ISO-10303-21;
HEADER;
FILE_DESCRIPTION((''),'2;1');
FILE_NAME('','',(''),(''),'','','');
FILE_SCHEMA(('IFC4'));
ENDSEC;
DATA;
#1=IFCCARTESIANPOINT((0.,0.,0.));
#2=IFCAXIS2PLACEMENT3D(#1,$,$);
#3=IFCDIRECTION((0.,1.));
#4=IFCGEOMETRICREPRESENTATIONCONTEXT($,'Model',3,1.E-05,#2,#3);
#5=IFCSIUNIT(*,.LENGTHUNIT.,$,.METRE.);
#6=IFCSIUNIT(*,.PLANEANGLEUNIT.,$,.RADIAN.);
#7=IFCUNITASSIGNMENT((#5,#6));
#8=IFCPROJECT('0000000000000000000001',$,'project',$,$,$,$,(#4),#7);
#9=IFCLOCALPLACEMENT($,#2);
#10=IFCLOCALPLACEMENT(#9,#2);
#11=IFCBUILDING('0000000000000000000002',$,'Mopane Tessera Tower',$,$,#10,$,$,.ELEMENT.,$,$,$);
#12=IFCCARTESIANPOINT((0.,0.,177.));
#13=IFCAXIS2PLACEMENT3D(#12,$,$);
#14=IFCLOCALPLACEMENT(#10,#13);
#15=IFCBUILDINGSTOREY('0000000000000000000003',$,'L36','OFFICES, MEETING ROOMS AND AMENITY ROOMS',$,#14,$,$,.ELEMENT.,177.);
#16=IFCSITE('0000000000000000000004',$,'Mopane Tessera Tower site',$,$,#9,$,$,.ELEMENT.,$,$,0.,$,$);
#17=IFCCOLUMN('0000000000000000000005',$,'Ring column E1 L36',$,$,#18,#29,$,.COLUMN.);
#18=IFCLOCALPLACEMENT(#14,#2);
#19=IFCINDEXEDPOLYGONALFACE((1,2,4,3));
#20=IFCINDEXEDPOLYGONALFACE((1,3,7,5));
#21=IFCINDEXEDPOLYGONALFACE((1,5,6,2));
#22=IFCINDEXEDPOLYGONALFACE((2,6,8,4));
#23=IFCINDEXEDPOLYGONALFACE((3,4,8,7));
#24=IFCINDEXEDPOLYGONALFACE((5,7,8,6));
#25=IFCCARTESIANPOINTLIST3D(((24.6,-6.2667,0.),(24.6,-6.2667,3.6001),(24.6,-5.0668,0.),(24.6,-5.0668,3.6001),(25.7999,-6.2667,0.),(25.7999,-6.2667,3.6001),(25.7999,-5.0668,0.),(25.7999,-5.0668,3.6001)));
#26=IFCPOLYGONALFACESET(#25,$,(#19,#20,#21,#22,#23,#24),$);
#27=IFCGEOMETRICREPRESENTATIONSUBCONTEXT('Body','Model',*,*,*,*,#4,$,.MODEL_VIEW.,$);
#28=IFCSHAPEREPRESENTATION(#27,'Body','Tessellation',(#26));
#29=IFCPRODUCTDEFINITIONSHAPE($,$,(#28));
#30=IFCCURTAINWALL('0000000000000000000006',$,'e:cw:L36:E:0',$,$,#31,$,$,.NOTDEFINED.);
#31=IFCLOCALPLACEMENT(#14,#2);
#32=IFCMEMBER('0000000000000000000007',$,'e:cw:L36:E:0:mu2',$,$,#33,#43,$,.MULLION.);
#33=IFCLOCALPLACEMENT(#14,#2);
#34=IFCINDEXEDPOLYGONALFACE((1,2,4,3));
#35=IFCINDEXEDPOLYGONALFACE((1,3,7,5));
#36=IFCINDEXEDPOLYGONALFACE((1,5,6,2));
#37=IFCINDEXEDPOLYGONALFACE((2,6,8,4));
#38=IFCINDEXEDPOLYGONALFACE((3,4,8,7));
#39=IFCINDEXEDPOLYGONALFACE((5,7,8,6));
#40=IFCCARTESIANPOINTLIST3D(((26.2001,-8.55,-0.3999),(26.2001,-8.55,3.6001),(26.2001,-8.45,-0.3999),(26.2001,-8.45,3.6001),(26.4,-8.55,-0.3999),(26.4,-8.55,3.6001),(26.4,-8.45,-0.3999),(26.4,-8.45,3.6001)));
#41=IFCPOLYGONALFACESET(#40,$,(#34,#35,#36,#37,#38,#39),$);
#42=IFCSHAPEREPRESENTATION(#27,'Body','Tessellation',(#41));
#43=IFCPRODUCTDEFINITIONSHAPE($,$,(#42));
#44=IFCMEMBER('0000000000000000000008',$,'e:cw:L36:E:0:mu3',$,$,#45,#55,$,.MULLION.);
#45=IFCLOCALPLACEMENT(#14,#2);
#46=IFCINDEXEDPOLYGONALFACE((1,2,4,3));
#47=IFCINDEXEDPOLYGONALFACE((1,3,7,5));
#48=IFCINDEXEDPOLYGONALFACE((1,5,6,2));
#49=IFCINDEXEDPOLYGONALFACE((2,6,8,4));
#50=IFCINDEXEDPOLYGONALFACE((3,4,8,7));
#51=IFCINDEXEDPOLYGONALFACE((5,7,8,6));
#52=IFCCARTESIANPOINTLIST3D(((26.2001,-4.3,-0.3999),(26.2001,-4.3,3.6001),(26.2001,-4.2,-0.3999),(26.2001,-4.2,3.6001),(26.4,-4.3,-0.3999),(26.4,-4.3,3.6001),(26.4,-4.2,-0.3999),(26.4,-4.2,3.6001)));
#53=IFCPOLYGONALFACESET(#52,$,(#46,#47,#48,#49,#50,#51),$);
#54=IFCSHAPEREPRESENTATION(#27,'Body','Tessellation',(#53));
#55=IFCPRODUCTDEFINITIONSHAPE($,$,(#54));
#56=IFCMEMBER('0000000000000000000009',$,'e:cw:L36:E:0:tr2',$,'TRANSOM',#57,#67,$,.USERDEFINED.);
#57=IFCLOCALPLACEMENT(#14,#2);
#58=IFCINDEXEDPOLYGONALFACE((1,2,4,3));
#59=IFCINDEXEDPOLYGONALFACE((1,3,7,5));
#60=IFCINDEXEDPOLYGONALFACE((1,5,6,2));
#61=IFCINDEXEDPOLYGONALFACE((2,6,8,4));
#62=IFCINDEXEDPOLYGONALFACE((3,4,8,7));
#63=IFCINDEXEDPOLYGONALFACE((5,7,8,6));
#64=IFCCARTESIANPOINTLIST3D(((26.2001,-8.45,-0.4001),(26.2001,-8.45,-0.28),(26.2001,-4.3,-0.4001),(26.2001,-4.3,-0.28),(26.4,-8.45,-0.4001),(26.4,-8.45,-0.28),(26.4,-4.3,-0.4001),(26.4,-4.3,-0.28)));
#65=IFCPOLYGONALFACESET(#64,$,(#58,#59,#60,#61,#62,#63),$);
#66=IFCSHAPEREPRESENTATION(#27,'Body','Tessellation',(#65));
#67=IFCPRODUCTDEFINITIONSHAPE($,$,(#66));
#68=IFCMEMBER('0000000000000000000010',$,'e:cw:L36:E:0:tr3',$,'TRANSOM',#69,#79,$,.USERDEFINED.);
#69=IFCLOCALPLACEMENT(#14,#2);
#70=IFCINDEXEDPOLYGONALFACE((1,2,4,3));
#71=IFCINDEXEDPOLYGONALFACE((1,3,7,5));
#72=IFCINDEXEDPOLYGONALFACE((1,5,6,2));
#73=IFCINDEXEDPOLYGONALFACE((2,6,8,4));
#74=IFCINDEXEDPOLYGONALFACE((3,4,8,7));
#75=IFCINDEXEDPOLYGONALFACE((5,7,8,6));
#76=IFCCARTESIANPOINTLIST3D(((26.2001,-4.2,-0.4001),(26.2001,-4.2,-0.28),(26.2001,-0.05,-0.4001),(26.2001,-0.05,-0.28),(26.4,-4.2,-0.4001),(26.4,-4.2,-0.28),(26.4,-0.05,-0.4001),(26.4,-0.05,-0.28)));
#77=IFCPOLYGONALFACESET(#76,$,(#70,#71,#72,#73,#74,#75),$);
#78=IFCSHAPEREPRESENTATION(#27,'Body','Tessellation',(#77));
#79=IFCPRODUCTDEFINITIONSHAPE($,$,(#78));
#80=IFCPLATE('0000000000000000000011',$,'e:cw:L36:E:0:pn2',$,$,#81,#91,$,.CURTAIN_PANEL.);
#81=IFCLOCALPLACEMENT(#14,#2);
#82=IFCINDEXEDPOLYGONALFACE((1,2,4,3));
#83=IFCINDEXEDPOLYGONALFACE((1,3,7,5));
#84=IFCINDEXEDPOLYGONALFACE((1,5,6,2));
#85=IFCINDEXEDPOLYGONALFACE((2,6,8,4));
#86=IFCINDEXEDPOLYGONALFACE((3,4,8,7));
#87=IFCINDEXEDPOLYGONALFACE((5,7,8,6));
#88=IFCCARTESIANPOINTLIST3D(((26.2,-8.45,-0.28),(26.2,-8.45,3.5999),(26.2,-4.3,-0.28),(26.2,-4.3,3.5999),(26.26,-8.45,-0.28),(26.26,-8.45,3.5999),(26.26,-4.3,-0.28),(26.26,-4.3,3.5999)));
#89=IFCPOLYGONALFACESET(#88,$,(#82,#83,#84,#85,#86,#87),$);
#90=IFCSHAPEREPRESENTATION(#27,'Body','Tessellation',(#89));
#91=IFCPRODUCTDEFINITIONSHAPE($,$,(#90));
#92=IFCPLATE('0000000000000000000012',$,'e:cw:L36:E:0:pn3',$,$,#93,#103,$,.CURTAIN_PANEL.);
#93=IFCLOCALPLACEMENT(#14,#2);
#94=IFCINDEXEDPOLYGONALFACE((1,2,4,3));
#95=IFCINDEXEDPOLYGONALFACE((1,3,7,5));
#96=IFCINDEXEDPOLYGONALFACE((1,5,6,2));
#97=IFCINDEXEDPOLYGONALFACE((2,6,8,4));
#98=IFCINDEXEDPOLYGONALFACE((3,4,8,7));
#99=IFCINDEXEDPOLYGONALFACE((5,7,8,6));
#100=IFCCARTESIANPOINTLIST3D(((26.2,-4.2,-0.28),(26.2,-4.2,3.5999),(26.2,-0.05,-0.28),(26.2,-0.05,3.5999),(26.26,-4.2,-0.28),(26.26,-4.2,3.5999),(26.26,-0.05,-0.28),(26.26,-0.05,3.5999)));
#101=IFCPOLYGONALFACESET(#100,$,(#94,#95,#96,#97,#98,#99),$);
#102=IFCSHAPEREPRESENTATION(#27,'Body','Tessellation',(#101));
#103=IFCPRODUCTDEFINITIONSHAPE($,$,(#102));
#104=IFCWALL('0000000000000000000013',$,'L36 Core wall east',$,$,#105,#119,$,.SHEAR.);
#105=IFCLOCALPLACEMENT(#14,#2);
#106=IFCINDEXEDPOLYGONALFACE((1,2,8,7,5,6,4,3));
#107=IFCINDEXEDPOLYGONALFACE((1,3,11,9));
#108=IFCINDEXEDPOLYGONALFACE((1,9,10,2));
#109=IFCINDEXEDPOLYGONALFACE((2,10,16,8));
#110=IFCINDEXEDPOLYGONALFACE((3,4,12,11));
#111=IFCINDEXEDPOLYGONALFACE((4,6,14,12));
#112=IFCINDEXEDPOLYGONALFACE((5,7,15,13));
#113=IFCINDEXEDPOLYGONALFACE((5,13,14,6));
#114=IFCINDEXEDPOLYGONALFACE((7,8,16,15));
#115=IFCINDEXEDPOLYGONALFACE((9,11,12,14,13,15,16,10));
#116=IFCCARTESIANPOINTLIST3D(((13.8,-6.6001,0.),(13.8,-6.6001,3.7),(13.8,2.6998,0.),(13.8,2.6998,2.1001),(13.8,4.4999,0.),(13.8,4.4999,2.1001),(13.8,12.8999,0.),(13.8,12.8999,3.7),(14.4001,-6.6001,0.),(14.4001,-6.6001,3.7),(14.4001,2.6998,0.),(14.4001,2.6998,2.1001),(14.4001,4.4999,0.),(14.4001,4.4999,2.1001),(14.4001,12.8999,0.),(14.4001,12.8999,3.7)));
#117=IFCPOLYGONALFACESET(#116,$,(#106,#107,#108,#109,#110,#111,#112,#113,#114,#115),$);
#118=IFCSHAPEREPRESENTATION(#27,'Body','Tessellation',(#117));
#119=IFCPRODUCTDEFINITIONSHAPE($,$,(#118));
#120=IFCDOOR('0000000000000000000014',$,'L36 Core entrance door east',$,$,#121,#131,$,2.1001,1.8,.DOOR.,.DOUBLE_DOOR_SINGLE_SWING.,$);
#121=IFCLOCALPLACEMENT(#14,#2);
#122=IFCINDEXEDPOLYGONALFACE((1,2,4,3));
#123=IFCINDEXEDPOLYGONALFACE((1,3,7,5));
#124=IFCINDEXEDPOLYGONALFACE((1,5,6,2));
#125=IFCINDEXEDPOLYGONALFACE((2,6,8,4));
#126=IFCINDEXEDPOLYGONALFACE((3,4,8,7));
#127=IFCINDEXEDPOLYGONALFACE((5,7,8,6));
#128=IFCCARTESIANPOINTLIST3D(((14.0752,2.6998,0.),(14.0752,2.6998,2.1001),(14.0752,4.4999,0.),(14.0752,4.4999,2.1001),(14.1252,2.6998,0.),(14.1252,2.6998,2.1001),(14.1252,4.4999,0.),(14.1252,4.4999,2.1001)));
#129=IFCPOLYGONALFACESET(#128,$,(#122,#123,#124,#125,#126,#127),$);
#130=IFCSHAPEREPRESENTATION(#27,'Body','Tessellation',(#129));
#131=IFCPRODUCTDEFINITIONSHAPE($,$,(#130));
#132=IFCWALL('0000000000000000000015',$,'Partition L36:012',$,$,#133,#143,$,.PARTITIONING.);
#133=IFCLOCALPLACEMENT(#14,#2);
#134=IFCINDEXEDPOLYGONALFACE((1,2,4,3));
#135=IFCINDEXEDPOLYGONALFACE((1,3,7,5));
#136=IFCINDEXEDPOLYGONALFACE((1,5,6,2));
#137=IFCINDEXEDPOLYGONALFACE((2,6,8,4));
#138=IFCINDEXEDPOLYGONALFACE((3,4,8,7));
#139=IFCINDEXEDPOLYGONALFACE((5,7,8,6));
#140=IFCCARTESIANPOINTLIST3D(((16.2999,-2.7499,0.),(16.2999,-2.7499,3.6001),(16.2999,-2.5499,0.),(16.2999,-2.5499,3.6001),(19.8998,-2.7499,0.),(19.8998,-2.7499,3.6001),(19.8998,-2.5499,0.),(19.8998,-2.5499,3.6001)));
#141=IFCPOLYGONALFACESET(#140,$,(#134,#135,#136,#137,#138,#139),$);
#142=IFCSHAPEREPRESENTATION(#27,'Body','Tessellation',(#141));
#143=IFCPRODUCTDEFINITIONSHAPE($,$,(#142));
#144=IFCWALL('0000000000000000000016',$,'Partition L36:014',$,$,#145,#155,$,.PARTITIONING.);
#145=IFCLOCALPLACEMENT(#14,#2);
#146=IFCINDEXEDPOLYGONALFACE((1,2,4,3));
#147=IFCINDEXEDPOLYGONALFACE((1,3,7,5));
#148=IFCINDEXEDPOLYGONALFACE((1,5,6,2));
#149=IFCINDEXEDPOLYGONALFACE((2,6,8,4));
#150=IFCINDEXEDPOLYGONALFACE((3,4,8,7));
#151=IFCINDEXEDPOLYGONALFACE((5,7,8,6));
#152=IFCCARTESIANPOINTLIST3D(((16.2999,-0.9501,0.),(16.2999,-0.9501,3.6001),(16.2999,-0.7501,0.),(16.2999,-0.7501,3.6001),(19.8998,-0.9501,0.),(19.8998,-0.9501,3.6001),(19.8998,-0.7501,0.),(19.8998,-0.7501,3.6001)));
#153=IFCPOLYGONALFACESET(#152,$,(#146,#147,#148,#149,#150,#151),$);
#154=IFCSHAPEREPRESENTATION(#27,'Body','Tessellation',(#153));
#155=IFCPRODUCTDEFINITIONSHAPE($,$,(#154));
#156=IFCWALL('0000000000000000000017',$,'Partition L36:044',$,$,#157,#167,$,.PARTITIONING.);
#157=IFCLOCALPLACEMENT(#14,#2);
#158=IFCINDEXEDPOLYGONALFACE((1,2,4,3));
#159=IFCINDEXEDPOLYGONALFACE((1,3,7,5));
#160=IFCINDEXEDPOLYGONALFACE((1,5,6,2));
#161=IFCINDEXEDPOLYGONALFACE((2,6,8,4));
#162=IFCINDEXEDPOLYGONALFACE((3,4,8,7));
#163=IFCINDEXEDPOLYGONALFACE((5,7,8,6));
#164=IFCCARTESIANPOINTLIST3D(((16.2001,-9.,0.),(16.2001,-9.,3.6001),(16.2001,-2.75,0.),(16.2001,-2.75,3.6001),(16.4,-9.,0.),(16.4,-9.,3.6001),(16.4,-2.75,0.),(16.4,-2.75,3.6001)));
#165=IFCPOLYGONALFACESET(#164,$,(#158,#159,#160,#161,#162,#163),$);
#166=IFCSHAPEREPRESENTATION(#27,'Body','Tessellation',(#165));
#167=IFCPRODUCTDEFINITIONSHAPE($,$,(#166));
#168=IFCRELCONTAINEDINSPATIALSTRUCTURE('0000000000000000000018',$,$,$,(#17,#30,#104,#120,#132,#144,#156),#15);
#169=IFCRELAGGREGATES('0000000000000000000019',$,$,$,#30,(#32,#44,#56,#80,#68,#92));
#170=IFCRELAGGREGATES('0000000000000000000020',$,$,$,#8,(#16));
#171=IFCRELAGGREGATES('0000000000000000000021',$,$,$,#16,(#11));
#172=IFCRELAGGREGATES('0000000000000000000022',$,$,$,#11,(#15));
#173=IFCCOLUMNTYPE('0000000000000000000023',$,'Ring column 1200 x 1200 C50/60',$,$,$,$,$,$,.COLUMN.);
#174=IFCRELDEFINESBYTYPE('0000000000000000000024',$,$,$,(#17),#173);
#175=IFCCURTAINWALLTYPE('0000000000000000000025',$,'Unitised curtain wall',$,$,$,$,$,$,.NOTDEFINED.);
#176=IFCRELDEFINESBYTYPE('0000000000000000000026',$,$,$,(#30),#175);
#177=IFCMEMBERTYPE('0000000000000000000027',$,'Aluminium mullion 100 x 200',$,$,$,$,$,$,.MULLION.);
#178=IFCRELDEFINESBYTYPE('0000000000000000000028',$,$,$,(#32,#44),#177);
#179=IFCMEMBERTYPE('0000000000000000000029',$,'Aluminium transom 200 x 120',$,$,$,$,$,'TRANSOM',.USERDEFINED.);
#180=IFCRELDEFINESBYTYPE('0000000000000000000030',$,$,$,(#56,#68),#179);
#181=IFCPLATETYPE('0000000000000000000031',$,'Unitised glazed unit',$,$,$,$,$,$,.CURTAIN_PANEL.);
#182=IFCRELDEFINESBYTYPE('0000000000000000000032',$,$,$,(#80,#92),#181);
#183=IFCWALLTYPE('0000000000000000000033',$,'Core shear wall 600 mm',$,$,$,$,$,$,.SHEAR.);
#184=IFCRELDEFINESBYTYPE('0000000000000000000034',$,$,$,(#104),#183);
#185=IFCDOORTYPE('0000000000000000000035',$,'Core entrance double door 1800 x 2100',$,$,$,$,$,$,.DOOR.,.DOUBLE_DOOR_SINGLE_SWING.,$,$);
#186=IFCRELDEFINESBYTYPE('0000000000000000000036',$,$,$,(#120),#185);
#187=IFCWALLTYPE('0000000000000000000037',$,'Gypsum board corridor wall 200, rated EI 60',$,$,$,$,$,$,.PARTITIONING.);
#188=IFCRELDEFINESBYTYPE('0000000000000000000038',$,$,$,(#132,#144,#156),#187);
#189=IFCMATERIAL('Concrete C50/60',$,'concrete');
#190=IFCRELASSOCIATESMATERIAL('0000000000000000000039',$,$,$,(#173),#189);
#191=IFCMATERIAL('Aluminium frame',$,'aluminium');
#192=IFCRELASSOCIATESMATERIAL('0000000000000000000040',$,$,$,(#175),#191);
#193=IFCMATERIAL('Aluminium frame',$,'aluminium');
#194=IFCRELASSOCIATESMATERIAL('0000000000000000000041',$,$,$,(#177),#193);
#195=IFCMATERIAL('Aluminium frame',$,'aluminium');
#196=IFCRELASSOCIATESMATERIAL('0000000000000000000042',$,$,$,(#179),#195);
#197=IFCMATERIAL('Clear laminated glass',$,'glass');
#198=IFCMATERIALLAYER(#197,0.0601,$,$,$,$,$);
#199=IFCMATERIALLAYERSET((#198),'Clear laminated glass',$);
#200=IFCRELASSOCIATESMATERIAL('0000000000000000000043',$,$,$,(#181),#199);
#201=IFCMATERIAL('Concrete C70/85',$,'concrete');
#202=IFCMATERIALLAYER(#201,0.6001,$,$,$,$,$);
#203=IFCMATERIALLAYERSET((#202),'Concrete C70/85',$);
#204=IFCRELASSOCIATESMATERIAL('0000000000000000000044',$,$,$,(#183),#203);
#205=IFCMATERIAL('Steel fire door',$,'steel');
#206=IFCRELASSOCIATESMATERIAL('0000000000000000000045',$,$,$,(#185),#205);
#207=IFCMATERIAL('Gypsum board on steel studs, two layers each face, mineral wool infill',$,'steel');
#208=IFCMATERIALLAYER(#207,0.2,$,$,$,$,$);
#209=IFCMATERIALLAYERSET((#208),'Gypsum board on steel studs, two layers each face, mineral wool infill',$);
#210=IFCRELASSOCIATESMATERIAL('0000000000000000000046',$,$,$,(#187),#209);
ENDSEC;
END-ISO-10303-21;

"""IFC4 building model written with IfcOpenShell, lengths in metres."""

from ifc_helpers import new_model, si_unit, direction, frame, frame_2d, origin, origin_2d, place, context, subcontext, project, spatial, rectangle, extrude, material, layer, layer_set, material_profile, profile_set, type_object, element, fill, aggregate, save


model = new_model("IFC4")

# Units and contexts
model_context = context("Model", 3, precision=1e-05, world=origin(), true_north=direction((0.0, 1.0)))
body_context = subcontext(model_context, "Body", "Model", "MODEL_VIEW")
ifc_project = project(units=[si_unit("LENGTHUNIT", "METRE"), si_unit("PLANEANGLEUNIT", "RADIAN")], contexts=[model_context])

# Site, building, storey
site_placement = place(None, origin())
site = spatial("IfcSite", under=ifc_project, at=site_placement, Name="Mopane Tessera Tower site", CompositionType="ELEMENT", RefElevation=0.0)
building_placement = place(site_placement, origin())
building = spatial("IfcBuilding", under=site, at=building_placement, Name="Mopane Tessera Tower", CompositionType="ELEMENT")
storey_placement = place(building_placement, frame((0.0, 0.0, 177.0)))
storey = spatial("IfcBuildingStorey", under=building, at=storey_placement, Name="L36", Description="OFFICES, MEETING ROOMS AND AMENITY ROOMS", CompositionType="ELEMENT", Elevation=177.0)

# Column
ifc_material_1 = material(Name="Concrete C50/60", Category="concrete")
ifc_material_profile_1 = material_profile(ifc_material_1, rectangle(XDim=1.2, YDim=1.2, at=origin_2d()))
ifc_profile_set_1 = profile_set([ifc_material_profile_1], Name="Concrete C50/60")
column_type = type_object("IfcColumnType", Name="Ring column 1200 x 1200 C50/60", PredefinedType="COLUMN", material=ifc_profile_set_1)
column_placement = place(storey_placement, frame((25.2, -5.6667, 0.0), z_axis=(0.0, 0.0, 1.0), x_axis=(1.0, 0.0, 0.0)))
element("IfcColumn", 1, at=column_placement, inside=storey, type_object=column_type, Name="Ring column E1 L36", PredefinedType="COLUMN", context=body_context, shape_type="SweptSolid", body=[
    extrude(rectangle(XDim=1.2, YDim=1.2, at=origin_2d()), origin(), (0.0, 0.0, 1.0), 3.6001),
])

# Curtain wall, members, plates
ifc_material_2 = material(Name="Aluminium frame", Category="aluminium")
curtain_wall_type = type_object("IfcCurtainWallType", Name="Unitised curtain wall", PredefinedType="NOTDEFINED", material=ifc_material_2)
curtain_wall_placement = place(storey_placement, origin())
curtain_wall = element("IfcCurtainWall", 2, at=curtain_wall_placement, inside=storey, type_object=curtain_wall_type, Name="e:cw:L36:E:0", PredefinedType="NOTDEFINED")
ifc_material_3 = material(Name="Aluminium frame", Category="aluminium")
ifc_material_profile_2 = material_profile(ifc_material_3, rectangle(XDim=0.1001, YDim=0.2, at=origin_2d()))
ifc_profile_set_2 = profile_set([ifc_material_profile_2], Name="Aluminium frame")
member_type_1 = type_object("IfcMemberType", Name="Aluminium mullion 100 x 200", PredefinedType="MULLION", material=ifc_profile_set_2)
member_1_placement = place(storey_placement, frame((26.3, -8.5, -0.3999), z_axis=(0.0, 0.0, 1.0), x_axis=(0.0, 1.0, 0.0)))
member_1 = element("IfcMember", 3, at=member_1_placement, type_object=member_type_1, Name="e:cw:L36:E:0:mu2", PredefinedType="MULLION", context=body_context, shape_type="SweptSolid", body=[
    extrude(rectangle(XDim=0.1001, YDim=0.2, at=origin_2d()), origin(), (0.0, 0.0, 1.0), 4.0),
])
member_2_placement = place(storey_placement, frame((26.3, -4.25, -0.3999), z_axis=(0.0, 0.0, 1.0), x_axis=(0.0, 1.0, 0.0)))
member_2 = element("IfcMember", 4, at=member_2_placement, type_object=member_type_1, Name="e:cw:L36:E:0:mu3", PredefinedType="MULLION", context=body_context, shape_type="SweptSolid", body=[
    extrude(rectangle(XDim=0.1001, YDim=0.2, at=origin_2d()), origin(), (0.0, 0.0, 1.0), 4.0),
])
ifc_material_4 = material(Name="Aluminium frame", Category="aluminium")
ifc_material_profile_3 = material_profile(ifc_material_4, rectangle(XDim=0.2, YDim=0.1201, at=origin_2d()))
ifc_profile_set_3 = profile_set([ifc_material_profile_3], Name="Aluminium frame")
member_type_2 = type_object("IfcMemberType", Name="Aluminium transom 200 x 120", ElementType="TRANSOM", PredefinedType="USERDEFINED", material=ifc_profile_set_3)
member_3_placement = place(storey_placement, frame((26.3, -8.45, -0.3401), z_axis=(0.0, 1.0, 0.0), x_axis=(-1.0, 0.0, 0.0)))
member_3 = element("IfcMember", 5, at=member_3_placement, type_object=member_type_2, Name="e:cw:L36:E:0:tr2", ObjectType="TRANSOM", PredefinedType="USERDEFINED", context=body_context, shape_type="SweptSolid", body=[
    extrude(rectangle(XDim=0.2, YDim=0.1201, at=origin_2d()), origin(), (0.0, 0.0, 1.0), 4.1499),
])
member_4_placement = place(storey_placement, frame((26.3, -4.2, -0.3401), z_axis=(0.0, 1.0, 0.0), x_axis=(-1.0, 0.0, 0.0)))
member_4 = element("IfcMember", 6, at=member_4_placement, type_object=member_type_2, Name="e:cw:L36:E:0:tr3", ObjectType="TRANSOM", PredefinedType="USERDEFINED", context=body_context, shape_type="SweptSolid", body=[
    extrude(rectangle(XDim=0.2, YDim=0.1201, at=origin_2d()), origin(), (0.0, 0.0, 1.0), 4.1499),
])
ifc_material_5 = material(Name="Clear laminated glass", Category="glass")
ifc_layer_1 = layer(ifc_material_5, 0.0601)
ifc_layer_set_1 = layer_set([ifc_layer_1], Name="Clear laminated glass")
plate_type = type_object("IfcPlateType", Name="Unitised glazed unit", PredefinedType="CURTAIN_PANEL", material=ifc_layer_set_1)
plate_1_placement = place(storey_placement, frame((26.23, -6.375, -0.28), z_axis=(0.0, 0.0, 1.0), x_axis=(0.0, 1.0, 0.0)))
plate_1 = element("IfcPlate", 7, at=plate_1_placement, type_object=plate_type, Name="e:cw:L36:E:0:pn2", PredefinedType="CURTAIN_PANEL", context=body_context, shape_type="SweptSolid", body=[
    extrude(rectangle(XDim=4.1499, YDim=0.0601, at=origin_2d()), origin(), (0.0, 0.0, 1.0), 3.8799),
])
plate_2_placement = place(storey_placement, frame((26.23, -2.125, -0.28), z_axis=(0.0, 0.0, 1.0), x_axis=(0.0, 1.0, 0.0)))
plate_2 = element("IfcPlate", 8, at=plate_2_placement, type_object=plate_type, Name="e:cw:L36:E:0:pn3", PredefinedType="CURTAIN_PANEL", context=body_context, shape_type="SweptSolid", body=[
    extrude(rectangle(XDim=4.1499, YDim=0.0601, at=origin_2d()), origin(), (0.0, 0.0, 1.0), 3.8799),
])
aggregate(curtain_wall, [member_1, member_2, member_3, plate_1, member_4, plate_2])

# Wall, opening, door
ifc_material_6 = material(Name="Concrete C70/85", Category="concrete")
ifc_layer_2 = layer(ifc_material_6, 0.6001)
ifc_layer_set_2 = layer_set([ifc_layer_2], Name="Concrete C70/85")
wall_type_1 = type_object("IfcWallType", Name="Core shear wall 600 mm", PredefinedType="SHEAR", material=ifc_layer_set_2)
wall_1_placement = place(storey_placement, frame((14.1001, -6.6001, 0.0), z_axis=(0.0, 0.0, 1.0), x_axis=(0.0, 1.0, 0.0)))
wall_1 = element("IfcWall", 9, at=wall_1_placement, inside=storey, type_object=wall_type_1, Name="L36 Core wall east", PredefinedType="SHEAR", context=body_context, shape_type="SweptSolid", body=[
    extrude(rectangle(XDim=19.5, YDim=0.6001, at=frame_2d((9.75, 0.0))), origin(), (0.0, 0.0, 1.0), 3.7),
])
opening_1_placement = place(wall_1_placement, frame((9.3, 0.0, 0.0)))
opening_1 = element("IfcOpeningElement", 10, at=opening_1_placement, cuts=wall_1, PredefinedType="OPENING", context=body_context, shape_type="SweptSolid", body=[
    extrude(rectangle(XDim=1.8, YDim=2.1001, at=frame_2d((0.8999, 1.05))), frame((0.0, 0.312, 0.0), z_axis=(0.0, -1.0, 0.0), x_axis=(1.0, 0.0, 0.0)), (0.0, 0.0, 1.0), 0.624),
])
ifc_material_7 = material(Name="Steel fire door", Category="steel")
door_type_1 = type_object("IfcDoorType", Name="Core entrance double door 1800 x 2100", OperationType="DOUBLE_DOOR_SINGLE_SWING", PredefinedType="DOOR", material=ifc_material_7)
door_1_placement = place(opening_1_placement, origin())
door_1 = element("IfcDoor", 11, at=door_1_placement, inside=storey, type_object=door_type_1, Name="L36 Core entrance door east", OperationType="DOUBLE_DOOR_SINGLE_SWING", OverallHeight=2.1001, OverallWidth=1.8, PredefinedType="DOOR", context=body_context, shape_type="SweptSolid", body=[
    extrude(rectangle(XDim=1.8, YDim=2.1001, at=frame_2d((0.8999, 1.05))), frame((0.0, 0.0249, 0.0), z_axis=(0.0, -1.0, 0.0), x_axis=(1.0, 0.0, 0.0)), (0.0, 0.0, 1.0), 0.05),
])
fill(opening_1, door_1)

# Walls
ifc_material_8 = material(Name="Gypsum board on steel studs, two layers each face, mineral wool infill", Category="steel")
ifc_layer_3 = layer(ifc_material_8, 0.2)
ifc_layer_set_3 = layer_set([ifc_layer_3], Name="Gypsum board on steel studs, two layers each face, mineral wool infill")
wall_type_2 = type_object("IfcWallType", Name="Gypsum board corridor wall 200, rated EI 60", PredefinedType="PARTITIONING", material=ifc_layer_set_3)
for number, where, z_axis, x_axis, name in (
    (12, (16.3, -2.6499, 0.0), (0.0, 0.0, 1.0), (1.0, 0.0, 0.0), "Partition L36:012"),
    (13, (16.3, -0.8501, 0.0), (0.0, 0.0, 1.0), (1.0, 0.0, 0.0), "Partition L36:014"),
):
    element("IfcWall", number, at=place(storey_placement, frame(where, z_axis=z_axis, x_axis=x_axis)), inside=storey, type_object=wall_type_2, Name=name, PredefinedType="PARTITIONING", context=body_context, shape_type="SweptSolid", body=[
        extrude(rectangle(XDim=3.5999, YDim=0.2, at=frame_2d((1.7998, 0.0))), origin(), (0.0, 0.0, 1.0), 3.6001),
    ])
wall_2_placement = place(storey_placement, frame((16.3, -9.0, 0.0), z_axis=(0.0, 0.0, 1.0), x_axis=(0.0, 1.0, 0.0)))
element("IfcWall", 14, at=wall_2_placement, inside=storey, type_object=wall_type_2, Name="Partition L36:044", PredefinedType="PARTITIONING", context=body_context, shape_type="SweptSolid", body=[
    extrude(rectangle(XDim=6.25, YDim=0.2, at=frame_2d((3.125, 0.0))), origin(), (0.0, 0.0, 1.0), 3.6001),
])

save(model, "model.ifc")
